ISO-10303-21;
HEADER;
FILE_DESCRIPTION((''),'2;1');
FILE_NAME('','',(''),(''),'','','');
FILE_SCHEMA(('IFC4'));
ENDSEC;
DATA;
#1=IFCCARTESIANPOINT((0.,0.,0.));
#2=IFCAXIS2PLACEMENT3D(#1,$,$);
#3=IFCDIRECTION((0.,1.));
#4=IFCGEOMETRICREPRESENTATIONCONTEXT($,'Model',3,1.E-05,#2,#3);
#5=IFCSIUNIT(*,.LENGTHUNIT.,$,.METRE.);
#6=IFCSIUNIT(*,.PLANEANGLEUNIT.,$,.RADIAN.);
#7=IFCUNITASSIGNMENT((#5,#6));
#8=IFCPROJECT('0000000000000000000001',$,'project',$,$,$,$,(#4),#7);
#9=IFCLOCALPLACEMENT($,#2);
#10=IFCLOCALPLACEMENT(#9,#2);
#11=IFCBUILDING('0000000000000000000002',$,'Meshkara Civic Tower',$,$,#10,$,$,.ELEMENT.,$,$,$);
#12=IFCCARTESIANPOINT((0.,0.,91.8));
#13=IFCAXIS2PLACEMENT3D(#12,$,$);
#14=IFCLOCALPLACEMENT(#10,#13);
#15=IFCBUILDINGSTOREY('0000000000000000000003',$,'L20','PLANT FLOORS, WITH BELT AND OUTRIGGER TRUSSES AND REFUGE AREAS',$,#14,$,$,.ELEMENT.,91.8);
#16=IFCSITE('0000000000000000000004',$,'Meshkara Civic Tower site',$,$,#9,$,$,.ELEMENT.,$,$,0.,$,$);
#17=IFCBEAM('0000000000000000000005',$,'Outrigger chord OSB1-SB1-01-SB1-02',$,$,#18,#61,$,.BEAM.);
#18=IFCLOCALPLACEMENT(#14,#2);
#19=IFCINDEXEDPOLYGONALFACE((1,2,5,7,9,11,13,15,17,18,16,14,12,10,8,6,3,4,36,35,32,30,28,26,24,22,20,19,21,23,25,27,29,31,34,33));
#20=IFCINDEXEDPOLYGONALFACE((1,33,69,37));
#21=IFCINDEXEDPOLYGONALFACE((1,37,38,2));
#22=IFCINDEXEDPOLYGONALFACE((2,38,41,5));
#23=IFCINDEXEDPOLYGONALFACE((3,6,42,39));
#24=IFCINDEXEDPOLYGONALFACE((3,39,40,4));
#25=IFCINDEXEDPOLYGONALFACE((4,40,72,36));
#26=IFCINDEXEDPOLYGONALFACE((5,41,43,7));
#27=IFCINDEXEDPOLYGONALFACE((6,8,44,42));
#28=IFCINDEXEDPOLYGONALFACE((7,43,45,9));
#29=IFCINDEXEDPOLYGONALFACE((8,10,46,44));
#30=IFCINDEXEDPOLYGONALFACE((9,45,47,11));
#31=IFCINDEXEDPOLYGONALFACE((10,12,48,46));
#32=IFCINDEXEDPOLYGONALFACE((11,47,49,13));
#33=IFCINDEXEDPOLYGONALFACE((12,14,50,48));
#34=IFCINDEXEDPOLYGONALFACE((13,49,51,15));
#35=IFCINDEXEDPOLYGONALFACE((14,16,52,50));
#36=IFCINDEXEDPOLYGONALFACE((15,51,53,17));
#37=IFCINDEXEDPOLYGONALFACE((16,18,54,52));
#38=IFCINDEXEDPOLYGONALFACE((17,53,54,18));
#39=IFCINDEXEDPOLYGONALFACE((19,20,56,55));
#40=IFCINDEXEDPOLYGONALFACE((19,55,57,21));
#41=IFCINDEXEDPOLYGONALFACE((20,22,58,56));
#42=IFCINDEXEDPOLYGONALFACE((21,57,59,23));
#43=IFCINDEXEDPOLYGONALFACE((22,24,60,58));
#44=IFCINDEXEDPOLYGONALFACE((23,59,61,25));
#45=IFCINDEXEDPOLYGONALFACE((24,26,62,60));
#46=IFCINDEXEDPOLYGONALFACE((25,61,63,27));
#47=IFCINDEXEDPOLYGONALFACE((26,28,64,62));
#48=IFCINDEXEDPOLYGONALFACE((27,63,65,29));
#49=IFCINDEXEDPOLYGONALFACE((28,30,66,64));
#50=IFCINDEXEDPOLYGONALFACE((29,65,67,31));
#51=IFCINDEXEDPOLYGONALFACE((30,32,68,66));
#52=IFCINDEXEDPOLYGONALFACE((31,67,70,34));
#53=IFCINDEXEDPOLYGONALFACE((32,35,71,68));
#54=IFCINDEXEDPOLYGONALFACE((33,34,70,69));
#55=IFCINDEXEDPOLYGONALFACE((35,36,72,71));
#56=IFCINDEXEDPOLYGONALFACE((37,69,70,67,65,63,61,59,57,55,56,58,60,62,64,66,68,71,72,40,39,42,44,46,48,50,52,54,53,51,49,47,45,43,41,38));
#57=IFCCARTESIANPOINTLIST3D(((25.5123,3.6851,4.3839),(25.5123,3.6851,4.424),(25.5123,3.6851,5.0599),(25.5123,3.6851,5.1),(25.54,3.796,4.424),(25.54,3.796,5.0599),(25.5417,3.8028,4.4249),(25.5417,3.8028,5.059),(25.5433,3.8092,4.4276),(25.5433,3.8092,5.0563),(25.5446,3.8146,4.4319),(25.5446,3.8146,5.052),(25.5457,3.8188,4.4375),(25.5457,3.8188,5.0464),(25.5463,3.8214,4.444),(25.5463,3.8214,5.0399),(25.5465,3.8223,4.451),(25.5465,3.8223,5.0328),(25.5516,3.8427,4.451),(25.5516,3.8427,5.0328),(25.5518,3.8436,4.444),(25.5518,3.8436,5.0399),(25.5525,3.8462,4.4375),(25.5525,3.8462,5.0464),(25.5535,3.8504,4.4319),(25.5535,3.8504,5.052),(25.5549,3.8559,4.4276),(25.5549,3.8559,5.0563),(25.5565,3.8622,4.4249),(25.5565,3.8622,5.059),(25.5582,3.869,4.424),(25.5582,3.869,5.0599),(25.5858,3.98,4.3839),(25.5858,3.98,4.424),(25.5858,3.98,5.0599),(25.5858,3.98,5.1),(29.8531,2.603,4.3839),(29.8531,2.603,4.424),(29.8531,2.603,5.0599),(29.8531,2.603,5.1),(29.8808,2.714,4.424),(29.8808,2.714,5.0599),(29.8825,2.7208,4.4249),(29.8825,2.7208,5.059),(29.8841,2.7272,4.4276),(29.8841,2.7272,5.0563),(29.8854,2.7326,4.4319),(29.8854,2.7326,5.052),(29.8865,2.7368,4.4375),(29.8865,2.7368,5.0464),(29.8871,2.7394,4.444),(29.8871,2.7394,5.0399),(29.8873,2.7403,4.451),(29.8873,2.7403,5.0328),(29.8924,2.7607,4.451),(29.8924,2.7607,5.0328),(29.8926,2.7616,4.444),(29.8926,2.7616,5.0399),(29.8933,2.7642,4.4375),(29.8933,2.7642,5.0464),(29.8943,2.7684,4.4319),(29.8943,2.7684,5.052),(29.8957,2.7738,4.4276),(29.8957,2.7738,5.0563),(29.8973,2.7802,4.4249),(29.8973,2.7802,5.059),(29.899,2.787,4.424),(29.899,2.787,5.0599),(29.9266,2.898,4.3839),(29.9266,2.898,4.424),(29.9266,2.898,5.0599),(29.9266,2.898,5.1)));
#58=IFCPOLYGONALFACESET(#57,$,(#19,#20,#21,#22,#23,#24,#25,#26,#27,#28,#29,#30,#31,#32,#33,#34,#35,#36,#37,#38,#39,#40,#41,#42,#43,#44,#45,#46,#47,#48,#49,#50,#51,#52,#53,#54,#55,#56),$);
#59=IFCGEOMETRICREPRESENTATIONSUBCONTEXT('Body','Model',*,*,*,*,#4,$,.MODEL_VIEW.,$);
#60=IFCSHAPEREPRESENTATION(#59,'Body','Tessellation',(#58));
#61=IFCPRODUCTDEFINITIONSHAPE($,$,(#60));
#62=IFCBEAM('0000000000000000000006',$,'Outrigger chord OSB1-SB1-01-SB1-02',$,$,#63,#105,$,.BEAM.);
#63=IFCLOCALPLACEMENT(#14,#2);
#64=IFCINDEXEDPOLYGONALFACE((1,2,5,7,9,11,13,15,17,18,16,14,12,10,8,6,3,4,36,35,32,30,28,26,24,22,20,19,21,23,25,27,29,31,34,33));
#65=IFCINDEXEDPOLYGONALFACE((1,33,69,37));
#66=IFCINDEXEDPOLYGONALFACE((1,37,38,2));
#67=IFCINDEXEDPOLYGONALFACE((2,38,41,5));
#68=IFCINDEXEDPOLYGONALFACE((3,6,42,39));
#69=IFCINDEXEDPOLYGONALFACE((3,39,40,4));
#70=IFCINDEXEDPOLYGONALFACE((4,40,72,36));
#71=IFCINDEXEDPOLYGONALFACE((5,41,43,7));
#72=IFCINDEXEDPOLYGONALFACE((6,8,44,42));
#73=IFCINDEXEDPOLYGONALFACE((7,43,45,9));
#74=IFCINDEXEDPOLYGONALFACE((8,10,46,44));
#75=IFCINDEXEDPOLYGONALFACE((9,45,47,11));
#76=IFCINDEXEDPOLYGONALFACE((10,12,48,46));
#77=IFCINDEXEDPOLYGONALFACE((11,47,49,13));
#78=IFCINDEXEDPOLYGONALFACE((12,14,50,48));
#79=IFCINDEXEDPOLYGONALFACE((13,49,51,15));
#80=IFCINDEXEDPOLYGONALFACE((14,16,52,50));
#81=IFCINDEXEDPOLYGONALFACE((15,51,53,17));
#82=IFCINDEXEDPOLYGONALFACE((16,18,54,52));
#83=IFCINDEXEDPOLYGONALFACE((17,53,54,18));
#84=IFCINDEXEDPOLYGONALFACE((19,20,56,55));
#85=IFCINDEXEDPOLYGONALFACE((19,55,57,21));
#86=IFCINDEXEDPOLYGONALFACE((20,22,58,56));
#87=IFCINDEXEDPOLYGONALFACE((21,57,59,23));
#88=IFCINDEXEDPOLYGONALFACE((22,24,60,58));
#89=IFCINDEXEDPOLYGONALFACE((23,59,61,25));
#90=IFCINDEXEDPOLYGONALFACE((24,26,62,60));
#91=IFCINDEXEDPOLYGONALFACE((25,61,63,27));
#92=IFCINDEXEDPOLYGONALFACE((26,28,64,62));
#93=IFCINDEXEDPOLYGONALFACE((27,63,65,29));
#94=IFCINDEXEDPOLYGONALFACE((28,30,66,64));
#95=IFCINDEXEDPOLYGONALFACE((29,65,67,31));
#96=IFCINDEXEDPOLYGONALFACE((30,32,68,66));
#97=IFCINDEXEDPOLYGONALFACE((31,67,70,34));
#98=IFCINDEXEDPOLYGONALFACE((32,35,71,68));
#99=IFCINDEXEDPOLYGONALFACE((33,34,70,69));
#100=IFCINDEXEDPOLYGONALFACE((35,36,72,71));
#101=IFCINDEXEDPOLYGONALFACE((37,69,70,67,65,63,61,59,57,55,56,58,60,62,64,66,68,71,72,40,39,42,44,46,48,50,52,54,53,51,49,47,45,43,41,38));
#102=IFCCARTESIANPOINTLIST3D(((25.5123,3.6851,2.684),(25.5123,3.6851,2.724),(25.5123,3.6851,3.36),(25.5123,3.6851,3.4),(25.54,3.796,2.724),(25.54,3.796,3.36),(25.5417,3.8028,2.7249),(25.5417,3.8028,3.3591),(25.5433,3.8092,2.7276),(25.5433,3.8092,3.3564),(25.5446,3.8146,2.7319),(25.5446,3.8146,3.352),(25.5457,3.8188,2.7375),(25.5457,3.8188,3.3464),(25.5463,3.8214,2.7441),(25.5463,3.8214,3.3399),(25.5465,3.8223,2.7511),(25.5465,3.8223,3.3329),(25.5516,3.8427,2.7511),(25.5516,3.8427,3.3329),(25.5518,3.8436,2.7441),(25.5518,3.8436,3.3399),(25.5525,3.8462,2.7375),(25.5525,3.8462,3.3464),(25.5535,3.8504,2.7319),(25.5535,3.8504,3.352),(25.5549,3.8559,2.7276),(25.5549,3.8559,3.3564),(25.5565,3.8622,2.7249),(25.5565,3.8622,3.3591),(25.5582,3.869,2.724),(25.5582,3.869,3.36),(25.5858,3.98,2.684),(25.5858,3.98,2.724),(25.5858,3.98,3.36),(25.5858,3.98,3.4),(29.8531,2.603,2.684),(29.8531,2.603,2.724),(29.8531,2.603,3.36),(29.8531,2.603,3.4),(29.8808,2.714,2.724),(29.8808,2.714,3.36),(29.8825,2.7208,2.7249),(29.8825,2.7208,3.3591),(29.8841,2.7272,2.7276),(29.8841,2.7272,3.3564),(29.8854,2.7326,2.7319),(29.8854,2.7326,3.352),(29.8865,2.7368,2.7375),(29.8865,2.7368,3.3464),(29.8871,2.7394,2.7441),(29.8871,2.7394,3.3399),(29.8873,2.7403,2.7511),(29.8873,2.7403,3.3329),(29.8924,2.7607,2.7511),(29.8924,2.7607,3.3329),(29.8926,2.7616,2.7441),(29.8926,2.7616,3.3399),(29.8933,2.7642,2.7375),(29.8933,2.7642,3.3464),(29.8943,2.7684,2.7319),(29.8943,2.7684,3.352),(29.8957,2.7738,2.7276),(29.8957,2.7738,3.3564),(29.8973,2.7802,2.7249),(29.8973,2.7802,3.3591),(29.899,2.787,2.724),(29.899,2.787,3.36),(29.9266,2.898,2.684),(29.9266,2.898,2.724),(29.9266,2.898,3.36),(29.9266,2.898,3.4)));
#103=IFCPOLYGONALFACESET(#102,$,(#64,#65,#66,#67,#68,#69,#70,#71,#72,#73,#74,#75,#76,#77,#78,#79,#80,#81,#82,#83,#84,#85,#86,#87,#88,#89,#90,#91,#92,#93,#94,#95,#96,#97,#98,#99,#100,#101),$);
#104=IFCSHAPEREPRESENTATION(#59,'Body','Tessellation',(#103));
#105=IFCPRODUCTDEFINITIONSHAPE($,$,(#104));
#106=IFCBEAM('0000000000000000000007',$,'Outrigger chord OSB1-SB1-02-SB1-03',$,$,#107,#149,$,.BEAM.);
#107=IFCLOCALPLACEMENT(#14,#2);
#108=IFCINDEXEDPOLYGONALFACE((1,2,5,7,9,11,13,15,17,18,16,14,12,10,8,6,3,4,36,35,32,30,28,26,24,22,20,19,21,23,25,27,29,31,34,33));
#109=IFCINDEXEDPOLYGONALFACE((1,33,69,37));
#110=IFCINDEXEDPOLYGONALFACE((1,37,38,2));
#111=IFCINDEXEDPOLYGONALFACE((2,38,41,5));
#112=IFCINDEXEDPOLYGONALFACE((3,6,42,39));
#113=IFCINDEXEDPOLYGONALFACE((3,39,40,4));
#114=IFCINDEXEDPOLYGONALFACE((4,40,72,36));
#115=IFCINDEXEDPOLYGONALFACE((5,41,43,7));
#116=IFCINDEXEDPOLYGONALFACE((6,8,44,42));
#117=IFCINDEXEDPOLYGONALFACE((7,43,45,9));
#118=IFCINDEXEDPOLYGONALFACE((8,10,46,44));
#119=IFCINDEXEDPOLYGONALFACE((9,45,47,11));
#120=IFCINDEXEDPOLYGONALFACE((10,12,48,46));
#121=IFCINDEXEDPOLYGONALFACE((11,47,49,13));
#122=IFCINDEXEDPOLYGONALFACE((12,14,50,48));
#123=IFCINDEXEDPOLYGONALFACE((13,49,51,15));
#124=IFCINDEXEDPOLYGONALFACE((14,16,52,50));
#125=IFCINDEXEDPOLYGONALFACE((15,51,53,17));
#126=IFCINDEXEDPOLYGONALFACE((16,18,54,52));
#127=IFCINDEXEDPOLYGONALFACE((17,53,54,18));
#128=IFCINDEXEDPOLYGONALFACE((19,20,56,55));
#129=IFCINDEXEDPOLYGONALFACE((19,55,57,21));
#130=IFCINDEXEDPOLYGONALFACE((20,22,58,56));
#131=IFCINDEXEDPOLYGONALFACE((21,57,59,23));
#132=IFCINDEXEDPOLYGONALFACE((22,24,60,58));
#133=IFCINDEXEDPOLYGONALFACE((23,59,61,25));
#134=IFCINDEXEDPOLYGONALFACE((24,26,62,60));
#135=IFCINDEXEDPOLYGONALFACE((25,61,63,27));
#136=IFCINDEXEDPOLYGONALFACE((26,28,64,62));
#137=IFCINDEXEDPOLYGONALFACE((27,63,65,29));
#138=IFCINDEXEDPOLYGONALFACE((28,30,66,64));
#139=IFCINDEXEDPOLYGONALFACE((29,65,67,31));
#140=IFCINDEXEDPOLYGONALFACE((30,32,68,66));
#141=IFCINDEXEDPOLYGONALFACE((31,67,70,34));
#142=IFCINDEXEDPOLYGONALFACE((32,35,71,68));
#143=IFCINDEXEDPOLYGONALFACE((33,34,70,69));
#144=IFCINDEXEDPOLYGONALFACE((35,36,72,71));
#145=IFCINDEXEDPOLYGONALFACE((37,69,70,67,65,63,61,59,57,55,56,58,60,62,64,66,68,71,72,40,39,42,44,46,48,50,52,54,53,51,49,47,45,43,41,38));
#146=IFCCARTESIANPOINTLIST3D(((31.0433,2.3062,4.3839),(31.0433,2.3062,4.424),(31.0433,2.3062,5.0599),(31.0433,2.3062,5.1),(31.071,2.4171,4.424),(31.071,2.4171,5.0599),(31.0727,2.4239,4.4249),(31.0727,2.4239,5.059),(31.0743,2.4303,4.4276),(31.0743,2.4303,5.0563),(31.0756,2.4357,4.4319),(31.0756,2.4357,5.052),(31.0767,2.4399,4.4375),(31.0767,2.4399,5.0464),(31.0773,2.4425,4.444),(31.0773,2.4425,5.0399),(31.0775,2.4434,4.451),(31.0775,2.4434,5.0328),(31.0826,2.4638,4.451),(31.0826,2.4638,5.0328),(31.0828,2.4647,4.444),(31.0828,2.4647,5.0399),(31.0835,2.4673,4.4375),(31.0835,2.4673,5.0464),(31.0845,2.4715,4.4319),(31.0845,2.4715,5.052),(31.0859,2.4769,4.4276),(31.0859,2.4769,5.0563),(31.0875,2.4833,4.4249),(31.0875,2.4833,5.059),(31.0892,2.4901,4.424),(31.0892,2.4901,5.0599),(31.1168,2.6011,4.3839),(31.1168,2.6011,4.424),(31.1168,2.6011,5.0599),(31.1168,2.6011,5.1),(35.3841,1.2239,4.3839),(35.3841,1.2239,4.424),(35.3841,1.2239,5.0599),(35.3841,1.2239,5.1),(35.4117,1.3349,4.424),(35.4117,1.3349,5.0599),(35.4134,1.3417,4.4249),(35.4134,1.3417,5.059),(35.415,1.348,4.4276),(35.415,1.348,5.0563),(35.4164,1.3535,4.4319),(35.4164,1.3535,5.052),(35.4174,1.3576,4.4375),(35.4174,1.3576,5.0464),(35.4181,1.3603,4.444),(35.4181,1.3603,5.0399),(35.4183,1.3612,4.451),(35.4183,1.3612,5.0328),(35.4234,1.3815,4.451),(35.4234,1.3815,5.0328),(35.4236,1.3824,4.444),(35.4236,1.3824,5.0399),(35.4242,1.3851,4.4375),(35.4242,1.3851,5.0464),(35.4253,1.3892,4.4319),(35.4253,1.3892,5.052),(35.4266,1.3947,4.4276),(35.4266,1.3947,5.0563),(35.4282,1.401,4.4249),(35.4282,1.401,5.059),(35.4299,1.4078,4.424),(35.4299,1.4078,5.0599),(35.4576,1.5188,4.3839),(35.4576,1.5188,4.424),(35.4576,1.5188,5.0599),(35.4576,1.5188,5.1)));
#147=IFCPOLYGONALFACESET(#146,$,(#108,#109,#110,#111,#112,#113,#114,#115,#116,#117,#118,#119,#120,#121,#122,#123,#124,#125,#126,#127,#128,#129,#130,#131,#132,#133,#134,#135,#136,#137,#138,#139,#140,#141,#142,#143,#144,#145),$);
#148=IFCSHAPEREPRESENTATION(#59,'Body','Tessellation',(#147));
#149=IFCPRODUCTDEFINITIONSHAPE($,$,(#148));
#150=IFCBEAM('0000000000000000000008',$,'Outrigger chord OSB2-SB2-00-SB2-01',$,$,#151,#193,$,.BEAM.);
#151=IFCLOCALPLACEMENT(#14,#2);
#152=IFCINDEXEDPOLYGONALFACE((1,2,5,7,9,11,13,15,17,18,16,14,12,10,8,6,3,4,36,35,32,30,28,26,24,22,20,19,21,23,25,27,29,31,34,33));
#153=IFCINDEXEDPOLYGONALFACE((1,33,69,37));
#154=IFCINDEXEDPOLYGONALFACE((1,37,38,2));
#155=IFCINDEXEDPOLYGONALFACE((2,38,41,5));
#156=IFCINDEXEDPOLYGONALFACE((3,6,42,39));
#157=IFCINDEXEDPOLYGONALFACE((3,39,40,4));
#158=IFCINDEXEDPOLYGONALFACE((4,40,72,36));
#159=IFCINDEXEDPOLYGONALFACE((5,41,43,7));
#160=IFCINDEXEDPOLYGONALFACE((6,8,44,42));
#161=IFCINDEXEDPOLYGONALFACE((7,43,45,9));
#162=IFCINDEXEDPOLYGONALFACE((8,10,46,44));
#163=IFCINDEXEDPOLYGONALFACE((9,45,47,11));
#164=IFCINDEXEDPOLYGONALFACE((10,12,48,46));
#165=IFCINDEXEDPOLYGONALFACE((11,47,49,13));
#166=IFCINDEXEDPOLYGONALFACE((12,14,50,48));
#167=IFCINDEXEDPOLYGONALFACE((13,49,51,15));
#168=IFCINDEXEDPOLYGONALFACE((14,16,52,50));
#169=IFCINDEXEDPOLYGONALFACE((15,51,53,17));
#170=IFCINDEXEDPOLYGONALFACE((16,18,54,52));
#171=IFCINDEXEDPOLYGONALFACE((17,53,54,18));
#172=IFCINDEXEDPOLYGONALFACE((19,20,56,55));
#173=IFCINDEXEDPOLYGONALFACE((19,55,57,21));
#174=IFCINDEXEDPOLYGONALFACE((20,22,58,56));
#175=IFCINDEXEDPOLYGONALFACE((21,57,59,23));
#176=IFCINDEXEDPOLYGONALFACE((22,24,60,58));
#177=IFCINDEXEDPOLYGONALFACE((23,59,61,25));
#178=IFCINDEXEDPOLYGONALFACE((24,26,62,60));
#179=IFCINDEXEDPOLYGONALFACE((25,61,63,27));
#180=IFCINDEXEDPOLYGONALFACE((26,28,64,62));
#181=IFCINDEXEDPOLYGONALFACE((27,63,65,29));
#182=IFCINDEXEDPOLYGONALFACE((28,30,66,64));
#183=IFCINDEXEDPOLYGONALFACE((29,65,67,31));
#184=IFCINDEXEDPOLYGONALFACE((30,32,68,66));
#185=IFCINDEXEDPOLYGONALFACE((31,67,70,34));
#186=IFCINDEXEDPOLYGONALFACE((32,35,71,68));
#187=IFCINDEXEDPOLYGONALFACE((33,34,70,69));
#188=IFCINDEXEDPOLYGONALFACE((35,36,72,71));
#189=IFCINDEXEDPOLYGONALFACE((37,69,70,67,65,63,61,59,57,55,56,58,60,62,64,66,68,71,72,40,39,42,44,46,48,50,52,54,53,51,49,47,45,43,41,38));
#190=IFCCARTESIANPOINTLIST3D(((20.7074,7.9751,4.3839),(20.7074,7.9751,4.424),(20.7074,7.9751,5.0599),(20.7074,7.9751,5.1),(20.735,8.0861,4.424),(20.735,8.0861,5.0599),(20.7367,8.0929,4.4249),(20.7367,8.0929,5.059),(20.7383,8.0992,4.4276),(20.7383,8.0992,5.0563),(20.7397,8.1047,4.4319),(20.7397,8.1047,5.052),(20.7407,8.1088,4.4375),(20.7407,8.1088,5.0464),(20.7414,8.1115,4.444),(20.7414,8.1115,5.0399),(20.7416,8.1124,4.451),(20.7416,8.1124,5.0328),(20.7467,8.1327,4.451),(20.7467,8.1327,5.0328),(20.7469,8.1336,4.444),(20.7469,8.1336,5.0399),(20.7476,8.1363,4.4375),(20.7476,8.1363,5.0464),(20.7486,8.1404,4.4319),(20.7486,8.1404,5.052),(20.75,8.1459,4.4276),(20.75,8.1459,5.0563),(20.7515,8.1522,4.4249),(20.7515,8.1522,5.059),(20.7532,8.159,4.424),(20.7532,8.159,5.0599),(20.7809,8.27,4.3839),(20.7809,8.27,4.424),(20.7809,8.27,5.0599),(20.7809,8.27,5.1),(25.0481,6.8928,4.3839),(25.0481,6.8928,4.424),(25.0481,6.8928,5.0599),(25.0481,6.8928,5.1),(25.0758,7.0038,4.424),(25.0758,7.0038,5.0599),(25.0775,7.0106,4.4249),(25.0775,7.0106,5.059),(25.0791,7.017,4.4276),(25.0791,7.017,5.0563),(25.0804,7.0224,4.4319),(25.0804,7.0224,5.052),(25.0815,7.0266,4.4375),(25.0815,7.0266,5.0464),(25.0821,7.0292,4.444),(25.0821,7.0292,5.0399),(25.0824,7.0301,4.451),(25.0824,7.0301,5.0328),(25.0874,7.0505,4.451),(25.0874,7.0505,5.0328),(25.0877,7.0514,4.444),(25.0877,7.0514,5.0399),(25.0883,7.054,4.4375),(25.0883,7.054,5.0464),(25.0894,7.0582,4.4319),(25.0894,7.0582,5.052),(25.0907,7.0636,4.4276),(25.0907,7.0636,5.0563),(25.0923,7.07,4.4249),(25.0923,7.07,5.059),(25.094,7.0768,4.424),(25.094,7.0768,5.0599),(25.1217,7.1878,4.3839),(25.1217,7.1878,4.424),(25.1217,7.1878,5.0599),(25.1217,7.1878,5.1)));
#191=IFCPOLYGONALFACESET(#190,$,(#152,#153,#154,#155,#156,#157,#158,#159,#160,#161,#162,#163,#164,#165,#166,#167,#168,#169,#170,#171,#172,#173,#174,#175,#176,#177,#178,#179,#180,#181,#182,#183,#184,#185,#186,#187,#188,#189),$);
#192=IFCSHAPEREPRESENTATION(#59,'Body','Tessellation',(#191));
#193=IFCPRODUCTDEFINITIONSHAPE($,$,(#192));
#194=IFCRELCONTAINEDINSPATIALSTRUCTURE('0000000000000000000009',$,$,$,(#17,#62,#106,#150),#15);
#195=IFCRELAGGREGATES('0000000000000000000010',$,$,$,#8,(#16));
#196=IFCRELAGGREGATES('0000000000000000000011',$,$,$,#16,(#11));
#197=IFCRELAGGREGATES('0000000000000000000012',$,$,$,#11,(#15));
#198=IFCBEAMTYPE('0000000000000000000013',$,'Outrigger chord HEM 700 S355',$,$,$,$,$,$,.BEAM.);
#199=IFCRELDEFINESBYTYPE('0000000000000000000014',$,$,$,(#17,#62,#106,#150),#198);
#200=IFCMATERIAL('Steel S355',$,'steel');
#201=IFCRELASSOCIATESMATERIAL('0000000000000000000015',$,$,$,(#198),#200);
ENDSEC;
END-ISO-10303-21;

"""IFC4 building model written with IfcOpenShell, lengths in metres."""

from ifc_helpers import new_model, si_unit, direction, frame, origin, origin_2d, place, context, subcontext, project, spatial, i_section, extrude, material, material_profile, profile_set, type_object, element, save


model = new_model("IFC4")

# Units and contexts
model_context = context("Model", 3, precision=1e-05, world=origin(), true_north=direction((0.0, 1.0)))
body_context = subcontext(model_context, "Body", "Model", "MODEL_VIEW")
ifc_project = project(units=[si_unit("LENGTHUNIT", "METRE"), si_unit("PLANEANGLEUNIT", "RADIAN")], contexts=[model_context])

# Site, building, storey
site_placement = place(None, origin())
site = spatial("IfcSite", under=ifc_project, at=site_placement, Name="Meshkara Civic Tower site", CompositionType="ELEMENT", RefElevation=0.0)
building_placement = place(site_placement, origin())
building = spatial("IfcBuilding", under=site, at=building_placement, Name="Meshkara Civic Tower", CompositionType="ELEMENT")
storey_placement = place(building_placement, frame((0.0, 0.0, 91.8)))
storey = spatial("IfcBuildingStorey", under=building, at=storey_placement, Name="L20", Description="PLANT FLOORS, WITH BELT AND OUTRIGGER TRUSSES AND REFUGE AREAS", CompositionType="ELEMENT", Elevation=91.8)

# Beams
ifc_material_1 = material(Name="Steel S355", Category="steel")
ifc_material_profile_1 = material_profile(ifc_material_1, i_section(OverallWidth=0.304, OverallDepth=0.7161, WebThickness=0.021, FlangeThickness=0.04, FilletRadius=0.0271, at=origin_2d()))
ifc_profile_set_1 = profile_set([ifc_material_profile_1], Name="Steel S355")
beam_type_1 = type_object("IfcBeamType", Name="Outrigger chord HEM 700 S355", PredefinedType="BEAM", material=ifc_profile_set_1)
for number, where, z_axis, x_axis, name in (
    (1, (25.5491, 3.8325, 4.7419), (0.970309, -0.241868, 0.0), (0.241868, 0.970309, 0.0), "Outrigger chord OSB1-SB1-01-SB1-02"),
    (2, (25.5491, 3.8325, 3.042), (0.970309, -0.241868, 0.0), (0.241868, 0.970309, 0.0), "Outrigger chord OSB1-SB1-01-SB1-02"),
    (3, (31.0801, 2.4536, 4.7419), (0.970296, -0.241919, 0.0), (0.241919, 0.970296, 0.0), "Outrigger chord OSB1-SB1-02-SB1-03"),
    (4, (20.7441, 8.1226, 4.7419), (0.970296, -0.241919, 0.0), (0.241919, 0.970296, 0.0), "Outrigger chord OSB2-SB2-00-SB2-01"),
):
    element("IfcBeam", number, at=place(storey_placement, frame(where, z_axis=z_axis, x_axis=x_axis)), inside=storey, type_object=beam_type_1, Name=name, PredefinedType="BEAM", context=body_context, shape_type="SweptSolid", body=[
        extrude(i_section(OverallWidth=0.304, OverallDepth=0.7161, WebThickness=0.021, FlangeThickness=0.04, FilletRadius=0.0271, at=origin_2d()), origin(), (0.0, 0.0, 1.0), 4.4736),
    ])

save(model, "model.ifc")
